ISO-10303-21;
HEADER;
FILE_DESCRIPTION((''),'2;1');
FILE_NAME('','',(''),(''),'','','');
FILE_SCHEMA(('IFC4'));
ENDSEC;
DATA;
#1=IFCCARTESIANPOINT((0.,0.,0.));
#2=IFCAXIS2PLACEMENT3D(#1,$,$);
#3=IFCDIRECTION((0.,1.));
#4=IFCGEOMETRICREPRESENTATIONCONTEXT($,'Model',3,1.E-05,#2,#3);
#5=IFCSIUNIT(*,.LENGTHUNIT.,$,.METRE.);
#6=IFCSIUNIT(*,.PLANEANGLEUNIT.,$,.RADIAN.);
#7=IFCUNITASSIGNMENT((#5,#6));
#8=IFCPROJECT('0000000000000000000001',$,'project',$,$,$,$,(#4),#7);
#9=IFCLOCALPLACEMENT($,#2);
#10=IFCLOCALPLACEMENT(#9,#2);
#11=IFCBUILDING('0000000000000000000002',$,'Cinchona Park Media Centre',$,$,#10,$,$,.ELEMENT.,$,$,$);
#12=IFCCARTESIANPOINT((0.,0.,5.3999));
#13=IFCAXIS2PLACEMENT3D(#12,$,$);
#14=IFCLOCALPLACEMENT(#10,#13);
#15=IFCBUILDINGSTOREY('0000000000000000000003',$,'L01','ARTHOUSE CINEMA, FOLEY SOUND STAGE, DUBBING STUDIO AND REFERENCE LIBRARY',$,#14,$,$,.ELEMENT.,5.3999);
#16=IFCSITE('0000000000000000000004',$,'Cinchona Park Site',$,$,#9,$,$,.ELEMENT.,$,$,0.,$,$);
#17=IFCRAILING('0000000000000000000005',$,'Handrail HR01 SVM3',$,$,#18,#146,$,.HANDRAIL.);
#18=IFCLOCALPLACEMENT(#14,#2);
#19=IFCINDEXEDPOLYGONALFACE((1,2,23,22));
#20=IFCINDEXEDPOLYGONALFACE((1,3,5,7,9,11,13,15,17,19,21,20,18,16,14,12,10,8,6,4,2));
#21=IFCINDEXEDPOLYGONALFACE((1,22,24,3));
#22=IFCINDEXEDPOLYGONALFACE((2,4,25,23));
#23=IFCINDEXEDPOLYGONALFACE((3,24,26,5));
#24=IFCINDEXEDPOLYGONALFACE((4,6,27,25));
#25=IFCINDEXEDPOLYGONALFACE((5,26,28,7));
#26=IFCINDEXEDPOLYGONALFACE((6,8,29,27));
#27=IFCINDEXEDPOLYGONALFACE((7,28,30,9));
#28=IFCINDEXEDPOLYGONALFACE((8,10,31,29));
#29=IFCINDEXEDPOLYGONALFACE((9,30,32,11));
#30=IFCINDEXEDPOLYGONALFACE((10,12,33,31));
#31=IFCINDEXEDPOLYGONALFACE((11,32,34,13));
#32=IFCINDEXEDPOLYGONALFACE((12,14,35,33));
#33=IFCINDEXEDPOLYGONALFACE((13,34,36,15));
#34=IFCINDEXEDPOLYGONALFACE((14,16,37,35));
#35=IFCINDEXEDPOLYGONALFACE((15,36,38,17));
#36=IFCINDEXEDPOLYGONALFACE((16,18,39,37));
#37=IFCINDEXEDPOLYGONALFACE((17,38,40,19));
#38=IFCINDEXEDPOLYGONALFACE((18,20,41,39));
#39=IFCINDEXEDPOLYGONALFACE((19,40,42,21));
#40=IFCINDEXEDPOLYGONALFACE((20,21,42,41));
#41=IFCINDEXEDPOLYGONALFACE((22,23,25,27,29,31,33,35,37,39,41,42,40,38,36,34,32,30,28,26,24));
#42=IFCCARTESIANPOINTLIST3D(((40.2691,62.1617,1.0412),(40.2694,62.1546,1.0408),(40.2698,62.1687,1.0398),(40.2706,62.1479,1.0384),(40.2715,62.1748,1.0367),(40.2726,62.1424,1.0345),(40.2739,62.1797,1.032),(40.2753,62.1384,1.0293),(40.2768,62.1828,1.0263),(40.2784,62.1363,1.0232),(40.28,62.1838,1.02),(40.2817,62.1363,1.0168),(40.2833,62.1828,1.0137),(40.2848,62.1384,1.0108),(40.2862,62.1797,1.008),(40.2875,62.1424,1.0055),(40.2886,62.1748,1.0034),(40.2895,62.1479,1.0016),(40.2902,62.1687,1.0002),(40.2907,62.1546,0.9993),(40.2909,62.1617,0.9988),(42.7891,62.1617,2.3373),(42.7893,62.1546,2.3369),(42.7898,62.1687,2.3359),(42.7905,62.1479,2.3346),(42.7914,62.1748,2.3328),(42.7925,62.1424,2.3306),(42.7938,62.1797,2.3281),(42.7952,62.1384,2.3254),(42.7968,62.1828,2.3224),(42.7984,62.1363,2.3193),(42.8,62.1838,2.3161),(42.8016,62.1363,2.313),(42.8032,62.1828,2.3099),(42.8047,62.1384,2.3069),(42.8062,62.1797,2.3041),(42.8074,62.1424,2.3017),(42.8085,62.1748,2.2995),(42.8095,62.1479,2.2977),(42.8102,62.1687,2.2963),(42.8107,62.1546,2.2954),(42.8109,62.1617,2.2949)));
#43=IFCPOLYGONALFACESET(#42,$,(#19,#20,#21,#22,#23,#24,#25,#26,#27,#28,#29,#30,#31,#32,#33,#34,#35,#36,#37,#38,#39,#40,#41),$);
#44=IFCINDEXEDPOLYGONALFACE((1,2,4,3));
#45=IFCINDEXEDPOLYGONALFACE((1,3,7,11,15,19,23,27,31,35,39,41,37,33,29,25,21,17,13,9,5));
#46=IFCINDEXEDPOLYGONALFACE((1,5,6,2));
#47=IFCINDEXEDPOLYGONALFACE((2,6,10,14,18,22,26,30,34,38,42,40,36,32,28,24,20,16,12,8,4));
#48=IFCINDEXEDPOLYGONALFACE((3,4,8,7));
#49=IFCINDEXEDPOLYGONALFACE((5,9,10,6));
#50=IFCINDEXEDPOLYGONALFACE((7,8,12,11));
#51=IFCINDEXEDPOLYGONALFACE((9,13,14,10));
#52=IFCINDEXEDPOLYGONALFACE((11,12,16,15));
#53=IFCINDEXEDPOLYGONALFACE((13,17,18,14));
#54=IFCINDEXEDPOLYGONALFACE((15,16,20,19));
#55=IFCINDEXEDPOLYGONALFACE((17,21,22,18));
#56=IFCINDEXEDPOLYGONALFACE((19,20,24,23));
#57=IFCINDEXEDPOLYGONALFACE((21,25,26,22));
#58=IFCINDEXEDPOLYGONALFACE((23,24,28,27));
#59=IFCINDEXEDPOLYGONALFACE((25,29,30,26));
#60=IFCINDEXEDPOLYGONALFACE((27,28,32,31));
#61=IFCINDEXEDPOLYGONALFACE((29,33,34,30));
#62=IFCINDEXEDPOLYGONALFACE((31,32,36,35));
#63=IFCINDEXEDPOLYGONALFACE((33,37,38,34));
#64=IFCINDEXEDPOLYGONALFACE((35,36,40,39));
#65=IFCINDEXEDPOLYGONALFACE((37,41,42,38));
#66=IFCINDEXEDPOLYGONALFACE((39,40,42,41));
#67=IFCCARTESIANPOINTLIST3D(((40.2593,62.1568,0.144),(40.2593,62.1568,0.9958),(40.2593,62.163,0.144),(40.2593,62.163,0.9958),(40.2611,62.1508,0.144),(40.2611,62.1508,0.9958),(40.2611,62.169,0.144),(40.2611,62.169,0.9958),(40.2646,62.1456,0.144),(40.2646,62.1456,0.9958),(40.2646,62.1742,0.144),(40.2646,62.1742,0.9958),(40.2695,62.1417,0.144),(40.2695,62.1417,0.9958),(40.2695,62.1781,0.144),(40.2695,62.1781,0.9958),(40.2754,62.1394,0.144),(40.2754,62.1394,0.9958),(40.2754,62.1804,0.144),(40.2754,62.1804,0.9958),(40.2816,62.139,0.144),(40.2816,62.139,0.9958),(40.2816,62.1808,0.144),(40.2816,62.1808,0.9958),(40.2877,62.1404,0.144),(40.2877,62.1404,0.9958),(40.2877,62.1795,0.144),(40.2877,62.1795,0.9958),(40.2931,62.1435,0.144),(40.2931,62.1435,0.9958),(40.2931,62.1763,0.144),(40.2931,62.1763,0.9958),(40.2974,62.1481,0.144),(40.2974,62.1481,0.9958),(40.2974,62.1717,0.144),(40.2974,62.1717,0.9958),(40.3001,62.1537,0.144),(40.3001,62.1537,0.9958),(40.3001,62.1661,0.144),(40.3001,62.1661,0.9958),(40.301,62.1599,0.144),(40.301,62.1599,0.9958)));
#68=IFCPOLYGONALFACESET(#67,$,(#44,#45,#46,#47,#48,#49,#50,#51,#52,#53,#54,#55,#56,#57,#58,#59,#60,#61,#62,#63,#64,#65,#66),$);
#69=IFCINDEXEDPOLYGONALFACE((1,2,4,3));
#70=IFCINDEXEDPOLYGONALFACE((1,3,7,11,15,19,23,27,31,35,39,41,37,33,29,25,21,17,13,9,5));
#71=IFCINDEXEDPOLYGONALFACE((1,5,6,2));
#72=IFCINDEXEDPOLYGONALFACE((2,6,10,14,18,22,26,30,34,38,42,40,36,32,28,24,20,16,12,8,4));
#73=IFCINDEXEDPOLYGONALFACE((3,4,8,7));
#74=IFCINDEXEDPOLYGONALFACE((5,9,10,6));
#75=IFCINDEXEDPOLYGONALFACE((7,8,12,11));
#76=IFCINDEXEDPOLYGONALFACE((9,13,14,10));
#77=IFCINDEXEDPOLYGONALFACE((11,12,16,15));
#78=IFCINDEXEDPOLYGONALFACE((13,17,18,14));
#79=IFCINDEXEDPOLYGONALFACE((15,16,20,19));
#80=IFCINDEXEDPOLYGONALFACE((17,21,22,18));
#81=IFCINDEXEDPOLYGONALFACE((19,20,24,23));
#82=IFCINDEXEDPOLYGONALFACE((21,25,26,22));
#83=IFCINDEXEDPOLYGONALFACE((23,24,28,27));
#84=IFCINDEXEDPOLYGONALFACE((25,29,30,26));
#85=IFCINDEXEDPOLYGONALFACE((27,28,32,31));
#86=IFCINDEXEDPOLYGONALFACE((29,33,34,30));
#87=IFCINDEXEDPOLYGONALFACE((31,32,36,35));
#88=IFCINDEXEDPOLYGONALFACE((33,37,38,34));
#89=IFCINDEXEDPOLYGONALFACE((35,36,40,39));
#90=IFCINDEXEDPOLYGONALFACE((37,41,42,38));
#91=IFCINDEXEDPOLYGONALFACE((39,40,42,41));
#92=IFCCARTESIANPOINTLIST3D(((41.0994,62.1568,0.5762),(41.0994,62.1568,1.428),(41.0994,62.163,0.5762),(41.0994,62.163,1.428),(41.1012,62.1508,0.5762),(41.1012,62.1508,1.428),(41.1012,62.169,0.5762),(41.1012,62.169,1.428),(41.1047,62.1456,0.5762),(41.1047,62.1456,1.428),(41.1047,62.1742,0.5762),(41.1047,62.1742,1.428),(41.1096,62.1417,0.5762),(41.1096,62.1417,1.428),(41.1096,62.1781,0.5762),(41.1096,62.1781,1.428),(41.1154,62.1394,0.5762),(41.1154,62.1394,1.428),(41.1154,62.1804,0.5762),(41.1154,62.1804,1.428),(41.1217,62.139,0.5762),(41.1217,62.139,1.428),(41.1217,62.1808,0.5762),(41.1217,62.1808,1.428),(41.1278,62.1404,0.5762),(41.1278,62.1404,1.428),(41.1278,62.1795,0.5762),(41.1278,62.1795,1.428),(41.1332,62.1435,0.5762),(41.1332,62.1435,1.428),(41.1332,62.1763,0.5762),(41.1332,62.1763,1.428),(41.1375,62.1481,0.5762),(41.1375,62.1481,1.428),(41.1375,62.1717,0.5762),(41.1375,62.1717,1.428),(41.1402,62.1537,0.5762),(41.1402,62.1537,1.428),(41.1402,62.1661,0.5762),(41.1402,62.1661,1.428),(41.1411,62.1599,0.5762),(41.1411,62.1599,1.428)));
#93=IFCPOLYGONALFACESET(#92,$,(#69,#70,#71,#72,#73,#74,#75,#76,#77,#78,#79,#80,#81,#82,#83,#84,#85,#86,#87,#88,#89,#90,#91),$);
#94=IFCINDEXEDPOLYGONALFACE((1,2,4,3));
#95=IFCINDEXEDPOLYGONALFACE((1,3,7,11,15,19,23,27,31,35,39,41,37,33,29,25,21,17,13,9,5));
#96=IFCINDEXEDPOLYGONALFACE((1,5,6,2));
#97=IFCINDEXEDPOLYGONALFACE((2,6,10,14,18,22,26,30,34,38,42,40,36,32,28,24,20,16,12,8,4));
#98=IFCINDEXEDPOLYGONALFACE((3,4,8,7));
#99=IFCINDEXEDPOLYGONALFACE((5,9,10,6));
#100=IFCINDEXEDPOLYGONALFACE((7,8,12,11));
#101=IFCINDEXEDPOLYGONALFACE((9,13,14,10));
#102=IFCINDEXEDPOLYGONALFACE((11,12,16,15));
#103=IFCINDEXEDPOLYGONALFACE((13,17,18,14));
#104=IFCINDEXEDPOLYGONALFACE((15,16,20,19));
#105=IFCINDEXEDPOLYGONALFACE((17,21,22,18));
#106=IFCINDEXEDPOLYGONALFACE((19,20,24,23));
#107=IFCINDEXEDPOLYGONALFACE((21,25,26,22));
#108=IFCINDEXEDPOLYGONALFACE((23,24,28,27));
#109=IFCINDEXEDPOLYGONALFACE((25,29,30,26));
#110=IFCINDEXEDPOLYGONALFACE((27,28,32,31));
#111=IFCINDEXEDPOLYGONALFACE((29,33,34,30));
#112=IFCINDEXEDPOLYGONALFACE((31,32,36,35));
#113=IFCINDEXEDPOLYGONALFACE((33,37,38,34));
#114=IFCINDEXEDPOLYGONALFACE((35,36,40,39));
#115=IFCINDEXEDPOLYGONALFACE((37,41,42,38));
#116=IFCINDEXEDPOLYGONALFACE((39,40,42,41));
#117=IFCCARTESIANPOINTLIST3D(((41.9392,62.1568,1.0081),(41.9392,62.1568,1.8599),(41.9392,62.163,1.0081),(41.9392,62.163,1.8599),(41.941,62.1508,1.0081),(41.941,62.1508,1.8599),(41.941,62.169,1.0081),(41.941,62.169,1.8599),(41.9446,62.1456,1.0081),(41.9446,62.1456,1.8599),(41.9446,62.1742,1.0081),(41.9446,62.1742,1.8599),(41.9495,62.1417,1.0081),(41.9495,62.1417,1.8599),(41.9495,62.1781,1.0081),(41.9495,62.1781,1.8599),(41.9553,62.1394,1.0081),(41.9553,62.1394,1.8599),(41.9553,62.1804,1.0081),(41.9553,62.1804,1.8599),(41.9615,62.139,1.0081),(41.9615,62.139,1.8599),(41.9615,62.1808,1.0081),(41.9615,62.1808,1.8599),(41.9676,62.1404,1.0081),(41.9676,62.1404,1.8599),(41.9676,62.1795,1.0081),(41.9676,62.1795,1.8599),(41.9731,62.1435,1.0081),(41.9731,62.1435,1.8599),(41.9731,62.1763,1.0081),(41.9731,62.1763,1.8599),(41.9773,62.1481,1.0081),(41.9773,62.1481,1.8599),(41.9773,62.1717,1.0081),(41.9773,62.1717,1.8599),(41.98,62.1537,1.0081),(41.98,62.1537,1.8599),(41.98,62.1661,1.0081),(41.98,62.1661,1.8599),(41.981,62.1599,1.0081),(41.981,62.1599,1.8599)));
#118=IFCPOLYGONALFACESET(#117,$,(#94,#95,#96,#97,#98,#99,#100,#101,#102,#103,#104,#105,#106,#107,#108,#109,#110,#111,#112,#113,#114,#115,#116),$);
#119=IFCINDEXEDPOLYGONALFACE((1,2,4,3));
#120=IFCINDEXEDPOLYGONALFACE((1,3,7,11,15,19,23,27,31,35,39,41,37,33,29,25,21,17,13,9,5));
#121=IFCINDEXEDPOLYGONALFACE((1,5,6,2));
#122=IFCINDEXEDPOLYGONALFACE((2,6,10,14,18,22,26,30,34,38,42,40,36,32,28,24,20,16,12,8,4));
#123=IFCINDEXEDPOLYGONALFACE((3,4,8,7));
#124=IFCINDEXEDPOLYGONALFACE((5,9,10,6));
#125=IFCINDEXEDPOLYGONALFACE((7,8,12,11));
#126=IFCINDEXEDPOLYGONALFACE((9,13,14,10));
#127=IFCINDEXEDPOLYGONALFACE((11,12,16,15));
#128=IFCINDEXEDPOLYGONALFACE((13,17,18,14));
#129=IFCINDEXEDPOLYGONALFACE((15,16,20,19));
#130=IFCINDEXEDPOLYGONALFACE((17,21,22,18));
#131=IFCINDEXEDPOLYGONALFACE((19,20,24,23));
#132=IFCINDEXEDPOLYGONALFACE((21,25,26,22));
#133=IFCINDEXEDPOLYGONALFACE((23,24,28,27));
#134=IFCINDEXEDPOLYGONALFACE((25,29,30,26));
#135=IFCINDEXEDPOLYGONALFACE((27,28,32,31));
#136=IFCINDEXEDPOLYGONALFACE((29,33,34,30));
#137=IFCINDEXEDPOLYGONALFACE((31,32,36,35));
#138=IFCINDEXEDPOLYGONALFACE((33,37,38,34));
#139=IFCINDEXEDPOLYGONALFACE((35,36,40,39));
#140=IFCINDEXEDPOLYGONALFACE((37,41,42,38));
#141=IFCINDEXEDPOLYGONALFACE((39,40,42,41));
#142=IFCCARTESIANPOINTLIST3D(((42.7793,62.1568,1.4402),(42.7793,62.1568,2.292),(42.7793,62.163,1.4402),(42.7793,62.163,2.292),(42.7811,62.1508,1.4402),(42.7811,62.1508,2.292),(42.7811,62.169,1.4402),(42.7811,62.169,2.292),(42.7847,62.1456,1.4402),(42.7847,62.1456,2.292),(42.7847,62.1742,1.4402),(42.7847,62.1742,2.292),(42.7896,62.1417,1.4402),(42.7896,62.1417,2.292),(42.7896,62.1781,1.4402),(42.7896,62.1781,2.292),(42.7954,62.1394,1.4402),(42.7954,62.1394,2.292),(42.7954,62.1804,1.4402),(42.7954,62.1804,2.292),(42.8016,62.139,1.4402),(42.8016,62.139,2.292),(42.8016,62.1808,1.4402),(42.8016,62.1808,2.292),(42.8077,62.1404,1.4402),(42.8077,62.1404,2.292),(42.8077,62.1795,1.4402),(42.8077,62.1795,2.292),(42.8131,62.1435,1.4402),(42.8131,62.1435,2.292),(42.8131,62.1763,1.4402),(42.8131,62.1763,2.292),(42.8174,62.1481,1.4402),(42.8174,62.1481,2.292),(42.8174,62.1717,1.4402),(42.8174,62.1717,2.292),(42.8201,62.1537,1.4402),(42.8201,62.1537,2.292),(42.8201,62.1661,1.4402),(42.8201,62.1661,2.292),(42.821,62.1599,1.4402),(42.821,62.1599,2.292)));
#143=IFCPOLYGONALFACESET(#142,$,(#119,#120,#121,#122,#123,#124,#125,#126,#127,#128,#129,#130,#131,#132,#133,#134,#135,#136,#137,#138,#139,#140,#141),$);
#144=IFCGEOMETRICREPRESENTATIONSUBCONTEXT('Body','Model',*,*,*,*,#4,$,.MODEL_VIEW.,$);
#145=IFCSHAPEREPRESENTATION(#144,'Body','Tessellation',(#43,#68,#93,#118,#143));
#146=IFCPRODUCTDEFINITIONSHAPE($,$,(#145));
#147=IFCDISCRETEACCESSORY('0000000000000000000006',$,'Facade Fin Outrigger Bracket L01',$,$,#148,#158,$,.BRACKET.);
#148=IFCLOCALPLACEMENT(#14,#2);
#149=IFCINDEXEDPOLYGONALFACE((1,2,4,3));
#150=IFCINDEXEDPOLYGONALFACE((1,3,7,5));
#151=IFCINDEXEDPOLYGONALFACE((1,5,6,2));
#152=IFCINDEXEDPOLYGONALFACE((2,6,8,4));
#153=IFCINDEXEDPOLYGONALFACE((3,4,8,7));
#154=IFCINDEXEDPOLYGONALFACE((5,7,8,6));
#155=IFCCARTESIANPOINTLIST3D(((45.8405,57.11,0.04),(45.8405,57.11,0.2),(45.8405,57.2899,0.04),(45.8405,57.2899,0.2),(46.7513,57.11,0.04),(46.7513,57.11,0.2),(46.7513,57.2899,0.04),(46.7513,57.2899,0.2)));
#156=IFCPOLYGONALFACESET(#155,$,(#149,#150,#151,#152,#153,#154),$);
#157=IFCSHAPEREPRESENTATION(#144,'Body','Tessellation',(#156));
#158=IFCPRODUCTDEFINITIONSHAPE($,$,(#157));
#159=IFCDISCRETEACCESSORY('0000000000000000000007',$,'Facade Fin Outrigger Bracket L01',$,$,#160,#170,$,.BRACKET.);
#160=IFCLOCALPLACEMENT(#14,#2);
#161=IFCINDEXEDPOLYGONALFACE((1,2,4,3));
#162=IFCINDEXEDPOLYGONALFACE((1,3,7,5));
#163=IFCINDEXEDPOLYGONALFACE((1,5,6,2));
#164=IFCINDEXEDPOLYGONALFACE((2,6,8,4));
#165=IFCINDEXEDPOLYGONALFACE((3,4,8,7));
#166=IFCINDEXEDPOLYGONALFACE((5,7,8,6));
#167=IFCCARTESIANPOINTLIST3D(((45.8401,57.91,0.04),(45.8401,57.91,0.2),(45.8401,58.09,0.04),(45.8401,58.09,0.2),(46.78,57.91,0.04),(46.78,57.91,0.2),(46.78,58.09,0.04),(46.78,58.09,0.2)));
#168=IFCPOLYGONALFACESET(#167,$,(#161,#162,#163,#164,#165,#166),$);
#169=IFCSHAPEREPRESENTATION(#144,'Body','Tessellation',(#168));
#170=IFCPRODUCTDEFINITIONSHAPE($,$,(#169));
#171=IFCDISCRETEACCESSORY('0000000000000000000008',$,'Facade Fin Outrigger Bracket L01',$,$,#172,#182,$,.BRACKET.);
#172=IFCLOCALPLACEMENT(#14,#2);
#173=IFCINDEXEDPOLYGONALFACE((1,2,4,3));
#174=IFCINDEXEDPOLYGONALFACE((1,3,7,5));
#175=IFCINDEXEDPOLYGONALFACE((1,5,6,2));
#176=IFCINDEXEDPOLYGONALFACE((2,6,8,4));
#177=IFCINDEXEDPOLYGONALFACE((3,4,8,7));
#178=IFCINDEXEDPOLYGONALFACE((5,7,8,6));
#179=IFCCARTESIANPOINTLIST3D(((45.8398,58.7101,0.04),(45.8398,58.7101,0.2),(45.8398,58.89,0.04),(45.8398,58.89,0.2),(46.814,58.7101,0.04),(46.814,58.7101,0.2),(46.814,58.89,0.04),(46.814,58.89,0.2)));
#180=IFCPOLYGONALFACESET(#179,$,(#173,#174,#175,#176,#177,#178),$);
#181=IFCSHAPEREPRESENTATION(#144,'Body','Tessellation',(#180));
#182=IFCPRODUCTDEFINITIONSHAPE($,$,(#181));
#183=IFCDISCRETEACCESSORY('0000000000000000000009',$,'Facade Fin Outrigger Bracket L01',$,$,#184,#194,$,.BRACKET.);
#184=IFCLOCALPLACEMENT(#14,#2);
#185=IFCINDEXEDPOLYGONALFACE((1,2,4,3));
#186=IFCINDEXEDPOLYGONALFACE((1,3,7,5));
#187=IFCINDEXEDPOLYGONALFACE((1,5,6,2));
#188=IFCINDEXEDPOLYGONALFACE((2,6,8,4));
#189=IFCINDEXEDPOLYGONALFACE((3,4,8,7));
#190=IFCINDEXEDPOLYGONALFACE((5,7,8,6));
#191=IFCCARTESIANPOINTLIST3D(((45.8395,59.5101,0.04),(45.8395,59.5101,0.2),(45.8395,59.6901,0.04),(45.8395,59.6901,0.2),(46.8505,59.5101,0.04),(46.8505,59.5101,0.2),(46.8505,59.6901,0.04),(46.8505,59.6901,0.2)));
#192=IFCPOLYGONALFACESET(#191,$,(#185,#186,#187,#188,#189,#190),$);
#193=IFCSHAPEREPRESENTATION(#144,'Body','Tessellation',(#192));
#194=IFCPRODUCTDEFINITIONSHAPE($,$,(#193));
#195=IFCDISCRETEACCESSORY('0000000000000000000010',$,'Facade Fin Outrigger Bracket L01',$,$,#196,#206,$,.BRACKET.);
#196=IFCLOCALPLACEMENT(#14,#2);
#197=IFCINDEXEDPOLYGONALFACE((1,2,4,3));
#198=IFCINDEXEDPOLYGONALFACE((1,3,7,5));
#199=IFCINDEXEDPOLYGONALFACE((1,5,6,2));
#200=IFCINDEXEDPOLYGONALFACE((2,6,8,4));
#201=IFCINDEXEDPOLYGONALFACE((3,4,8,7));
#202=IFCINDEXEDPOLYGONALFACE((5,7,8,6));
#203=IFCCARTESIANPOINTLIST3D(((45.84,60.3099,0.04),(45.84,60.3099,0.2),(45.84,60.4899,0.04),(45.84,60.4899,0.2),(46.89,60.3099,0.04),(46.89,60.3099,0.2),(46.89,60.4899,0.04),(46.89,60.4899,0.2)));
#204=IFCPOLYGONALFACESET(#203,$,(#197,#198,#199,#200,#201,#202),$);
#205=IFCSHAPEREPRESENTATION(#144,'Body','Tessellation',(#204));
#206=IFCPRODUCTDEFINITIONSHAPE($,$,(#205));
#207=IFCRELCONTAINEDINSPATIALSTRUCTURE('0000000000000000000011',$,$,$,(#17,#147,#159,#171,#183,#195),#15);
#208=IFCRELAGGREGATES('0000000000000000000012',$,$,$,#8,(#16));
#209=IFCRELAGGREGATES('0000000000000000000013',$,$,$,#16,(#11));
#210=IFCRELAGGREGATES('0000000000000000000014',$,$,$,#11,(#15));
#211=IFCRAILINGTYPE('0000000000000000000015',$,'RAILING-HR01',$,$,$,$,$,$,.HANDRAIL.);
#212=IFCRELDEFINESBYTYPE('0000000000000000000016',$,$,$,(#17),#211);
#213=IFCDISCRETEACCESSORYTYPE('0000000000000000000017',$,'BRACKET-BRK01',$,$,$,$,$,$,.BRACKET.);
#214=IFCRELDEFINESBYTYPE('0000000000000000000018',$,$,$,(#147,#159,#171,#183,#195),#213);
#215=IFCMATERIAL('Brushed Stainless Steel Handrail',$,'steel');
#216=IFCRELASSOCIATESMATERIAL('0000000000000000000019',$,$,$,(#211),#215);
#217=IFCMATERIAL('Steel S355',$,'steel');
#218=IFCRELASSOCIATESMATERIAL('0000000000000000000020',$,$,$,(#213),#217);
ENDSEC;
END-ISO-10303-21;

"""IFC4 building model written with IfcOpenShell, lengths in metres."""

from ifc_helpers import new_model, si_unit, direction, frame, origin, origin_2d, place, context, subcontext, project, spatial, rectangle, circle, extrude, material, type_object, element, save


model = new_model("IFC4")

# Units and contexts
model_context = context("Model", 3, precision=1e-05, world=origin(), true_north=direction((0.0, 1.0)))
body_context = subcontext(model_context, "Body", "Model", "MODEL_VIEW")
ifc_project = project(units=[si_unit("LENGTHUNIT", "METRE"), si_unit("PLANEANGLEUNIT", "RADIAN")], contexts=[model_context])

# Site, building, storey
site_placement = place(None, origin())
site = spatial("IfcSite", under=ifc_project, at=site_placement, Name="Cinchona Park Site", CompositionType="ELEMENT", RefElevation=0.0)
building_placement = place(site_placement, origin())
building = spatial("IfcBuilding", under=site, at=building_placement, Name="Cinchona Park Media Centre", CompositionType="ELEMENT")
storey_placement = place(building_placement, frame((0.0, 0.0, 5.3999)))
storey = spatial("IfcBuildingStorey", under=building, at=storey_placement, Name="L01", Description="ARTHOUSE CINEMA, FOLEY SOUND STAGE, DUBBING STUDIO AND REFERENCE LIBRARY", CompositionType="ELEMENT", Elevation=5.3999)

# Railing
ifc_material_1 = material(Name="Brushed Stainless Steel Handrail", Category="steel")
railing_type_1 = type_object("IfcRailingType", Name="RAILING-HR01", PredefinedType="HANDRAIL", material=ifc_material_1)
railing_1_placement = place(storey_placement, frame((40.28, 62.1599, 0.144)))
element("IfcRailing", 1, at=railing_1_placement, inside=storey, type_object=railing_type_1, Name="Handrail HR01 SVM3", PredefinedType="HANDRAIL", context=body_context, shape_type="SweptSolid", body=[
    extrude(circle(Radius=0.0239, at=origin_2d()), frame((0.0, 0.0, 0.876), z_axis=(0.889269, 0.0, 0.457385), x_axis=(0.0, 1.0, 0.0)), (0.0, 0.0, 1.0), 2.8337),
    extrude(circle(Radius=0.021, at=origin_2d()), origin(), (0.0, 0.0, 1.0), 0.8518),
    extrude(circle(Radius=0.021, at=origin_2d()), frame((0.8401, 0.0, 0.4321)), (0.0, 0.0, 1.0), 0.8518),
    extrude(circle(Radius=0.021, at=origin_2d()), frame((1.6799, 0.0, 0.864)), (0.0, 0.0, 1.0), 0.8518),
    extrude(circle(Radius=0.021, at=origin_2d()), frame((2.52, 0.0, 1.2961)), (0.0, 0.0, 1.0), 0.8518),
])

# Discrete accessories
ifc_material_2 = material(Name="Steel S355", Category="steel")
discrete_accessory_type = type_object("IfcDiscreteAccessoryType", Name="BRACKET-BRK01", PredefinedType="BRACKET", material=ifc_material_2)
discrete_accessory_1_placement = place(storey_placement, frame((46.2959, 57.2, 0.04), z_axis=(0.0, 0.0, 1.0), x_axis=(0.0, 1.0, 0.0)))
element("IfcDiscreteAccessory", 2, at=discrete_accessory_1_placement, inside=storey, type_object=discrete_accessory_type, Name="Facade Fin Outrigger Bracket L01", PredefinedType="BRACKET", context=body_context, shape_type="SweptSolid", body=[
    extrude(rectangle(XDim=0.1799, YDim=0.9109, at=origin_2d()), origin(), (0.0, 0.0, 1.0), 0.1599),
])
discrete_accessory_2_placement = place(storey_placement, frame((46.3101, 58.0, 0.04), z_axis=(0.0, 0.0, 1.0), x_axis=(0.0, 1.0, 0.0)))
element("IfcDiscreteAccessory", 3, at=discrete_accessory_2_placement, inside=storey, type_object=discrete_accessory_type, Name="Facade Fin Outrigger Bracket L01", PredefinedType="BRACKET", context=body_context, shape_type="SweptSolid", body=[
    extrude(rectangle(XDim=0.1799, YDim=0.9399, at=origin_2d()), origin(), (0.0, 0.0, 1.0), 0.1599),
])
discrete_accessory_3_placement = place(storey_placement, frame((46.3269, 58.8, 0.04), z_axis=(0.0, 0.0, 1.0), x_axis=(0.0, 1.0, 0.0)))
element("IfcDiscreteAccessory", 4, at=discrete_accessory_3_placement, inside=storey, type_object=discrete_accessory_type, Name="Facade Fin Outrigger Bracket L01", PredefinedType="BRACKET", context=body_context, shape_type="SweptSolid", body=[
    extrude(rectangle(XDim=0.1799, YDim=0.9741, at=origin_2d()), origin(), (0.0, 0.0, 1.0), 0.1599),
])
discrete_accessory_4_placement = place(storey_placement, frame((46.345, 59.6001, 0.04), z_axis=(0.0, 0.0, 1.0), x_axis=(0.0, 1.0, 0.0)))
element("IfcDiscreteAccessory", 5, at=discrete_accessory_4_placement, inside=storey, type_object=discrete_accessory_type, Name="Facade Fin Outrigger Bracket L01", PredefinedType="BRACKET", context=body_context, shape_type="SweptSolid", body=[
    extrude(rectangle(XDim=0.1799, YDim=1.011, at=origin_2d()), origin(), (0.0, 0.0, 1.0), 0.1599),
])
discrete_accessory_5_placement = place(storey_placement, frame((46.365, 60.3999, 0.04), z_axis=(0.0, 0.0, 1.0), x_axis=(0.0, 1.0, 0.0)))
element("IfcDiscreteAccessory", 6, at=discrete_accessory_5_placement, inside=storey, type_object=discrete_accessory_type, Name="Facade Fin Outrigger Bracket L01", PredefinedType="BRACKET", context=body_context, shape_type="SweptSolid", body=[
    extrude(rectangle(XDim=0.1799, YDim=1.05, at=origin_2d()), origin(), (0.0, 0.0, 1.0), 0.1599),
])

save(model, "model.ifc")
